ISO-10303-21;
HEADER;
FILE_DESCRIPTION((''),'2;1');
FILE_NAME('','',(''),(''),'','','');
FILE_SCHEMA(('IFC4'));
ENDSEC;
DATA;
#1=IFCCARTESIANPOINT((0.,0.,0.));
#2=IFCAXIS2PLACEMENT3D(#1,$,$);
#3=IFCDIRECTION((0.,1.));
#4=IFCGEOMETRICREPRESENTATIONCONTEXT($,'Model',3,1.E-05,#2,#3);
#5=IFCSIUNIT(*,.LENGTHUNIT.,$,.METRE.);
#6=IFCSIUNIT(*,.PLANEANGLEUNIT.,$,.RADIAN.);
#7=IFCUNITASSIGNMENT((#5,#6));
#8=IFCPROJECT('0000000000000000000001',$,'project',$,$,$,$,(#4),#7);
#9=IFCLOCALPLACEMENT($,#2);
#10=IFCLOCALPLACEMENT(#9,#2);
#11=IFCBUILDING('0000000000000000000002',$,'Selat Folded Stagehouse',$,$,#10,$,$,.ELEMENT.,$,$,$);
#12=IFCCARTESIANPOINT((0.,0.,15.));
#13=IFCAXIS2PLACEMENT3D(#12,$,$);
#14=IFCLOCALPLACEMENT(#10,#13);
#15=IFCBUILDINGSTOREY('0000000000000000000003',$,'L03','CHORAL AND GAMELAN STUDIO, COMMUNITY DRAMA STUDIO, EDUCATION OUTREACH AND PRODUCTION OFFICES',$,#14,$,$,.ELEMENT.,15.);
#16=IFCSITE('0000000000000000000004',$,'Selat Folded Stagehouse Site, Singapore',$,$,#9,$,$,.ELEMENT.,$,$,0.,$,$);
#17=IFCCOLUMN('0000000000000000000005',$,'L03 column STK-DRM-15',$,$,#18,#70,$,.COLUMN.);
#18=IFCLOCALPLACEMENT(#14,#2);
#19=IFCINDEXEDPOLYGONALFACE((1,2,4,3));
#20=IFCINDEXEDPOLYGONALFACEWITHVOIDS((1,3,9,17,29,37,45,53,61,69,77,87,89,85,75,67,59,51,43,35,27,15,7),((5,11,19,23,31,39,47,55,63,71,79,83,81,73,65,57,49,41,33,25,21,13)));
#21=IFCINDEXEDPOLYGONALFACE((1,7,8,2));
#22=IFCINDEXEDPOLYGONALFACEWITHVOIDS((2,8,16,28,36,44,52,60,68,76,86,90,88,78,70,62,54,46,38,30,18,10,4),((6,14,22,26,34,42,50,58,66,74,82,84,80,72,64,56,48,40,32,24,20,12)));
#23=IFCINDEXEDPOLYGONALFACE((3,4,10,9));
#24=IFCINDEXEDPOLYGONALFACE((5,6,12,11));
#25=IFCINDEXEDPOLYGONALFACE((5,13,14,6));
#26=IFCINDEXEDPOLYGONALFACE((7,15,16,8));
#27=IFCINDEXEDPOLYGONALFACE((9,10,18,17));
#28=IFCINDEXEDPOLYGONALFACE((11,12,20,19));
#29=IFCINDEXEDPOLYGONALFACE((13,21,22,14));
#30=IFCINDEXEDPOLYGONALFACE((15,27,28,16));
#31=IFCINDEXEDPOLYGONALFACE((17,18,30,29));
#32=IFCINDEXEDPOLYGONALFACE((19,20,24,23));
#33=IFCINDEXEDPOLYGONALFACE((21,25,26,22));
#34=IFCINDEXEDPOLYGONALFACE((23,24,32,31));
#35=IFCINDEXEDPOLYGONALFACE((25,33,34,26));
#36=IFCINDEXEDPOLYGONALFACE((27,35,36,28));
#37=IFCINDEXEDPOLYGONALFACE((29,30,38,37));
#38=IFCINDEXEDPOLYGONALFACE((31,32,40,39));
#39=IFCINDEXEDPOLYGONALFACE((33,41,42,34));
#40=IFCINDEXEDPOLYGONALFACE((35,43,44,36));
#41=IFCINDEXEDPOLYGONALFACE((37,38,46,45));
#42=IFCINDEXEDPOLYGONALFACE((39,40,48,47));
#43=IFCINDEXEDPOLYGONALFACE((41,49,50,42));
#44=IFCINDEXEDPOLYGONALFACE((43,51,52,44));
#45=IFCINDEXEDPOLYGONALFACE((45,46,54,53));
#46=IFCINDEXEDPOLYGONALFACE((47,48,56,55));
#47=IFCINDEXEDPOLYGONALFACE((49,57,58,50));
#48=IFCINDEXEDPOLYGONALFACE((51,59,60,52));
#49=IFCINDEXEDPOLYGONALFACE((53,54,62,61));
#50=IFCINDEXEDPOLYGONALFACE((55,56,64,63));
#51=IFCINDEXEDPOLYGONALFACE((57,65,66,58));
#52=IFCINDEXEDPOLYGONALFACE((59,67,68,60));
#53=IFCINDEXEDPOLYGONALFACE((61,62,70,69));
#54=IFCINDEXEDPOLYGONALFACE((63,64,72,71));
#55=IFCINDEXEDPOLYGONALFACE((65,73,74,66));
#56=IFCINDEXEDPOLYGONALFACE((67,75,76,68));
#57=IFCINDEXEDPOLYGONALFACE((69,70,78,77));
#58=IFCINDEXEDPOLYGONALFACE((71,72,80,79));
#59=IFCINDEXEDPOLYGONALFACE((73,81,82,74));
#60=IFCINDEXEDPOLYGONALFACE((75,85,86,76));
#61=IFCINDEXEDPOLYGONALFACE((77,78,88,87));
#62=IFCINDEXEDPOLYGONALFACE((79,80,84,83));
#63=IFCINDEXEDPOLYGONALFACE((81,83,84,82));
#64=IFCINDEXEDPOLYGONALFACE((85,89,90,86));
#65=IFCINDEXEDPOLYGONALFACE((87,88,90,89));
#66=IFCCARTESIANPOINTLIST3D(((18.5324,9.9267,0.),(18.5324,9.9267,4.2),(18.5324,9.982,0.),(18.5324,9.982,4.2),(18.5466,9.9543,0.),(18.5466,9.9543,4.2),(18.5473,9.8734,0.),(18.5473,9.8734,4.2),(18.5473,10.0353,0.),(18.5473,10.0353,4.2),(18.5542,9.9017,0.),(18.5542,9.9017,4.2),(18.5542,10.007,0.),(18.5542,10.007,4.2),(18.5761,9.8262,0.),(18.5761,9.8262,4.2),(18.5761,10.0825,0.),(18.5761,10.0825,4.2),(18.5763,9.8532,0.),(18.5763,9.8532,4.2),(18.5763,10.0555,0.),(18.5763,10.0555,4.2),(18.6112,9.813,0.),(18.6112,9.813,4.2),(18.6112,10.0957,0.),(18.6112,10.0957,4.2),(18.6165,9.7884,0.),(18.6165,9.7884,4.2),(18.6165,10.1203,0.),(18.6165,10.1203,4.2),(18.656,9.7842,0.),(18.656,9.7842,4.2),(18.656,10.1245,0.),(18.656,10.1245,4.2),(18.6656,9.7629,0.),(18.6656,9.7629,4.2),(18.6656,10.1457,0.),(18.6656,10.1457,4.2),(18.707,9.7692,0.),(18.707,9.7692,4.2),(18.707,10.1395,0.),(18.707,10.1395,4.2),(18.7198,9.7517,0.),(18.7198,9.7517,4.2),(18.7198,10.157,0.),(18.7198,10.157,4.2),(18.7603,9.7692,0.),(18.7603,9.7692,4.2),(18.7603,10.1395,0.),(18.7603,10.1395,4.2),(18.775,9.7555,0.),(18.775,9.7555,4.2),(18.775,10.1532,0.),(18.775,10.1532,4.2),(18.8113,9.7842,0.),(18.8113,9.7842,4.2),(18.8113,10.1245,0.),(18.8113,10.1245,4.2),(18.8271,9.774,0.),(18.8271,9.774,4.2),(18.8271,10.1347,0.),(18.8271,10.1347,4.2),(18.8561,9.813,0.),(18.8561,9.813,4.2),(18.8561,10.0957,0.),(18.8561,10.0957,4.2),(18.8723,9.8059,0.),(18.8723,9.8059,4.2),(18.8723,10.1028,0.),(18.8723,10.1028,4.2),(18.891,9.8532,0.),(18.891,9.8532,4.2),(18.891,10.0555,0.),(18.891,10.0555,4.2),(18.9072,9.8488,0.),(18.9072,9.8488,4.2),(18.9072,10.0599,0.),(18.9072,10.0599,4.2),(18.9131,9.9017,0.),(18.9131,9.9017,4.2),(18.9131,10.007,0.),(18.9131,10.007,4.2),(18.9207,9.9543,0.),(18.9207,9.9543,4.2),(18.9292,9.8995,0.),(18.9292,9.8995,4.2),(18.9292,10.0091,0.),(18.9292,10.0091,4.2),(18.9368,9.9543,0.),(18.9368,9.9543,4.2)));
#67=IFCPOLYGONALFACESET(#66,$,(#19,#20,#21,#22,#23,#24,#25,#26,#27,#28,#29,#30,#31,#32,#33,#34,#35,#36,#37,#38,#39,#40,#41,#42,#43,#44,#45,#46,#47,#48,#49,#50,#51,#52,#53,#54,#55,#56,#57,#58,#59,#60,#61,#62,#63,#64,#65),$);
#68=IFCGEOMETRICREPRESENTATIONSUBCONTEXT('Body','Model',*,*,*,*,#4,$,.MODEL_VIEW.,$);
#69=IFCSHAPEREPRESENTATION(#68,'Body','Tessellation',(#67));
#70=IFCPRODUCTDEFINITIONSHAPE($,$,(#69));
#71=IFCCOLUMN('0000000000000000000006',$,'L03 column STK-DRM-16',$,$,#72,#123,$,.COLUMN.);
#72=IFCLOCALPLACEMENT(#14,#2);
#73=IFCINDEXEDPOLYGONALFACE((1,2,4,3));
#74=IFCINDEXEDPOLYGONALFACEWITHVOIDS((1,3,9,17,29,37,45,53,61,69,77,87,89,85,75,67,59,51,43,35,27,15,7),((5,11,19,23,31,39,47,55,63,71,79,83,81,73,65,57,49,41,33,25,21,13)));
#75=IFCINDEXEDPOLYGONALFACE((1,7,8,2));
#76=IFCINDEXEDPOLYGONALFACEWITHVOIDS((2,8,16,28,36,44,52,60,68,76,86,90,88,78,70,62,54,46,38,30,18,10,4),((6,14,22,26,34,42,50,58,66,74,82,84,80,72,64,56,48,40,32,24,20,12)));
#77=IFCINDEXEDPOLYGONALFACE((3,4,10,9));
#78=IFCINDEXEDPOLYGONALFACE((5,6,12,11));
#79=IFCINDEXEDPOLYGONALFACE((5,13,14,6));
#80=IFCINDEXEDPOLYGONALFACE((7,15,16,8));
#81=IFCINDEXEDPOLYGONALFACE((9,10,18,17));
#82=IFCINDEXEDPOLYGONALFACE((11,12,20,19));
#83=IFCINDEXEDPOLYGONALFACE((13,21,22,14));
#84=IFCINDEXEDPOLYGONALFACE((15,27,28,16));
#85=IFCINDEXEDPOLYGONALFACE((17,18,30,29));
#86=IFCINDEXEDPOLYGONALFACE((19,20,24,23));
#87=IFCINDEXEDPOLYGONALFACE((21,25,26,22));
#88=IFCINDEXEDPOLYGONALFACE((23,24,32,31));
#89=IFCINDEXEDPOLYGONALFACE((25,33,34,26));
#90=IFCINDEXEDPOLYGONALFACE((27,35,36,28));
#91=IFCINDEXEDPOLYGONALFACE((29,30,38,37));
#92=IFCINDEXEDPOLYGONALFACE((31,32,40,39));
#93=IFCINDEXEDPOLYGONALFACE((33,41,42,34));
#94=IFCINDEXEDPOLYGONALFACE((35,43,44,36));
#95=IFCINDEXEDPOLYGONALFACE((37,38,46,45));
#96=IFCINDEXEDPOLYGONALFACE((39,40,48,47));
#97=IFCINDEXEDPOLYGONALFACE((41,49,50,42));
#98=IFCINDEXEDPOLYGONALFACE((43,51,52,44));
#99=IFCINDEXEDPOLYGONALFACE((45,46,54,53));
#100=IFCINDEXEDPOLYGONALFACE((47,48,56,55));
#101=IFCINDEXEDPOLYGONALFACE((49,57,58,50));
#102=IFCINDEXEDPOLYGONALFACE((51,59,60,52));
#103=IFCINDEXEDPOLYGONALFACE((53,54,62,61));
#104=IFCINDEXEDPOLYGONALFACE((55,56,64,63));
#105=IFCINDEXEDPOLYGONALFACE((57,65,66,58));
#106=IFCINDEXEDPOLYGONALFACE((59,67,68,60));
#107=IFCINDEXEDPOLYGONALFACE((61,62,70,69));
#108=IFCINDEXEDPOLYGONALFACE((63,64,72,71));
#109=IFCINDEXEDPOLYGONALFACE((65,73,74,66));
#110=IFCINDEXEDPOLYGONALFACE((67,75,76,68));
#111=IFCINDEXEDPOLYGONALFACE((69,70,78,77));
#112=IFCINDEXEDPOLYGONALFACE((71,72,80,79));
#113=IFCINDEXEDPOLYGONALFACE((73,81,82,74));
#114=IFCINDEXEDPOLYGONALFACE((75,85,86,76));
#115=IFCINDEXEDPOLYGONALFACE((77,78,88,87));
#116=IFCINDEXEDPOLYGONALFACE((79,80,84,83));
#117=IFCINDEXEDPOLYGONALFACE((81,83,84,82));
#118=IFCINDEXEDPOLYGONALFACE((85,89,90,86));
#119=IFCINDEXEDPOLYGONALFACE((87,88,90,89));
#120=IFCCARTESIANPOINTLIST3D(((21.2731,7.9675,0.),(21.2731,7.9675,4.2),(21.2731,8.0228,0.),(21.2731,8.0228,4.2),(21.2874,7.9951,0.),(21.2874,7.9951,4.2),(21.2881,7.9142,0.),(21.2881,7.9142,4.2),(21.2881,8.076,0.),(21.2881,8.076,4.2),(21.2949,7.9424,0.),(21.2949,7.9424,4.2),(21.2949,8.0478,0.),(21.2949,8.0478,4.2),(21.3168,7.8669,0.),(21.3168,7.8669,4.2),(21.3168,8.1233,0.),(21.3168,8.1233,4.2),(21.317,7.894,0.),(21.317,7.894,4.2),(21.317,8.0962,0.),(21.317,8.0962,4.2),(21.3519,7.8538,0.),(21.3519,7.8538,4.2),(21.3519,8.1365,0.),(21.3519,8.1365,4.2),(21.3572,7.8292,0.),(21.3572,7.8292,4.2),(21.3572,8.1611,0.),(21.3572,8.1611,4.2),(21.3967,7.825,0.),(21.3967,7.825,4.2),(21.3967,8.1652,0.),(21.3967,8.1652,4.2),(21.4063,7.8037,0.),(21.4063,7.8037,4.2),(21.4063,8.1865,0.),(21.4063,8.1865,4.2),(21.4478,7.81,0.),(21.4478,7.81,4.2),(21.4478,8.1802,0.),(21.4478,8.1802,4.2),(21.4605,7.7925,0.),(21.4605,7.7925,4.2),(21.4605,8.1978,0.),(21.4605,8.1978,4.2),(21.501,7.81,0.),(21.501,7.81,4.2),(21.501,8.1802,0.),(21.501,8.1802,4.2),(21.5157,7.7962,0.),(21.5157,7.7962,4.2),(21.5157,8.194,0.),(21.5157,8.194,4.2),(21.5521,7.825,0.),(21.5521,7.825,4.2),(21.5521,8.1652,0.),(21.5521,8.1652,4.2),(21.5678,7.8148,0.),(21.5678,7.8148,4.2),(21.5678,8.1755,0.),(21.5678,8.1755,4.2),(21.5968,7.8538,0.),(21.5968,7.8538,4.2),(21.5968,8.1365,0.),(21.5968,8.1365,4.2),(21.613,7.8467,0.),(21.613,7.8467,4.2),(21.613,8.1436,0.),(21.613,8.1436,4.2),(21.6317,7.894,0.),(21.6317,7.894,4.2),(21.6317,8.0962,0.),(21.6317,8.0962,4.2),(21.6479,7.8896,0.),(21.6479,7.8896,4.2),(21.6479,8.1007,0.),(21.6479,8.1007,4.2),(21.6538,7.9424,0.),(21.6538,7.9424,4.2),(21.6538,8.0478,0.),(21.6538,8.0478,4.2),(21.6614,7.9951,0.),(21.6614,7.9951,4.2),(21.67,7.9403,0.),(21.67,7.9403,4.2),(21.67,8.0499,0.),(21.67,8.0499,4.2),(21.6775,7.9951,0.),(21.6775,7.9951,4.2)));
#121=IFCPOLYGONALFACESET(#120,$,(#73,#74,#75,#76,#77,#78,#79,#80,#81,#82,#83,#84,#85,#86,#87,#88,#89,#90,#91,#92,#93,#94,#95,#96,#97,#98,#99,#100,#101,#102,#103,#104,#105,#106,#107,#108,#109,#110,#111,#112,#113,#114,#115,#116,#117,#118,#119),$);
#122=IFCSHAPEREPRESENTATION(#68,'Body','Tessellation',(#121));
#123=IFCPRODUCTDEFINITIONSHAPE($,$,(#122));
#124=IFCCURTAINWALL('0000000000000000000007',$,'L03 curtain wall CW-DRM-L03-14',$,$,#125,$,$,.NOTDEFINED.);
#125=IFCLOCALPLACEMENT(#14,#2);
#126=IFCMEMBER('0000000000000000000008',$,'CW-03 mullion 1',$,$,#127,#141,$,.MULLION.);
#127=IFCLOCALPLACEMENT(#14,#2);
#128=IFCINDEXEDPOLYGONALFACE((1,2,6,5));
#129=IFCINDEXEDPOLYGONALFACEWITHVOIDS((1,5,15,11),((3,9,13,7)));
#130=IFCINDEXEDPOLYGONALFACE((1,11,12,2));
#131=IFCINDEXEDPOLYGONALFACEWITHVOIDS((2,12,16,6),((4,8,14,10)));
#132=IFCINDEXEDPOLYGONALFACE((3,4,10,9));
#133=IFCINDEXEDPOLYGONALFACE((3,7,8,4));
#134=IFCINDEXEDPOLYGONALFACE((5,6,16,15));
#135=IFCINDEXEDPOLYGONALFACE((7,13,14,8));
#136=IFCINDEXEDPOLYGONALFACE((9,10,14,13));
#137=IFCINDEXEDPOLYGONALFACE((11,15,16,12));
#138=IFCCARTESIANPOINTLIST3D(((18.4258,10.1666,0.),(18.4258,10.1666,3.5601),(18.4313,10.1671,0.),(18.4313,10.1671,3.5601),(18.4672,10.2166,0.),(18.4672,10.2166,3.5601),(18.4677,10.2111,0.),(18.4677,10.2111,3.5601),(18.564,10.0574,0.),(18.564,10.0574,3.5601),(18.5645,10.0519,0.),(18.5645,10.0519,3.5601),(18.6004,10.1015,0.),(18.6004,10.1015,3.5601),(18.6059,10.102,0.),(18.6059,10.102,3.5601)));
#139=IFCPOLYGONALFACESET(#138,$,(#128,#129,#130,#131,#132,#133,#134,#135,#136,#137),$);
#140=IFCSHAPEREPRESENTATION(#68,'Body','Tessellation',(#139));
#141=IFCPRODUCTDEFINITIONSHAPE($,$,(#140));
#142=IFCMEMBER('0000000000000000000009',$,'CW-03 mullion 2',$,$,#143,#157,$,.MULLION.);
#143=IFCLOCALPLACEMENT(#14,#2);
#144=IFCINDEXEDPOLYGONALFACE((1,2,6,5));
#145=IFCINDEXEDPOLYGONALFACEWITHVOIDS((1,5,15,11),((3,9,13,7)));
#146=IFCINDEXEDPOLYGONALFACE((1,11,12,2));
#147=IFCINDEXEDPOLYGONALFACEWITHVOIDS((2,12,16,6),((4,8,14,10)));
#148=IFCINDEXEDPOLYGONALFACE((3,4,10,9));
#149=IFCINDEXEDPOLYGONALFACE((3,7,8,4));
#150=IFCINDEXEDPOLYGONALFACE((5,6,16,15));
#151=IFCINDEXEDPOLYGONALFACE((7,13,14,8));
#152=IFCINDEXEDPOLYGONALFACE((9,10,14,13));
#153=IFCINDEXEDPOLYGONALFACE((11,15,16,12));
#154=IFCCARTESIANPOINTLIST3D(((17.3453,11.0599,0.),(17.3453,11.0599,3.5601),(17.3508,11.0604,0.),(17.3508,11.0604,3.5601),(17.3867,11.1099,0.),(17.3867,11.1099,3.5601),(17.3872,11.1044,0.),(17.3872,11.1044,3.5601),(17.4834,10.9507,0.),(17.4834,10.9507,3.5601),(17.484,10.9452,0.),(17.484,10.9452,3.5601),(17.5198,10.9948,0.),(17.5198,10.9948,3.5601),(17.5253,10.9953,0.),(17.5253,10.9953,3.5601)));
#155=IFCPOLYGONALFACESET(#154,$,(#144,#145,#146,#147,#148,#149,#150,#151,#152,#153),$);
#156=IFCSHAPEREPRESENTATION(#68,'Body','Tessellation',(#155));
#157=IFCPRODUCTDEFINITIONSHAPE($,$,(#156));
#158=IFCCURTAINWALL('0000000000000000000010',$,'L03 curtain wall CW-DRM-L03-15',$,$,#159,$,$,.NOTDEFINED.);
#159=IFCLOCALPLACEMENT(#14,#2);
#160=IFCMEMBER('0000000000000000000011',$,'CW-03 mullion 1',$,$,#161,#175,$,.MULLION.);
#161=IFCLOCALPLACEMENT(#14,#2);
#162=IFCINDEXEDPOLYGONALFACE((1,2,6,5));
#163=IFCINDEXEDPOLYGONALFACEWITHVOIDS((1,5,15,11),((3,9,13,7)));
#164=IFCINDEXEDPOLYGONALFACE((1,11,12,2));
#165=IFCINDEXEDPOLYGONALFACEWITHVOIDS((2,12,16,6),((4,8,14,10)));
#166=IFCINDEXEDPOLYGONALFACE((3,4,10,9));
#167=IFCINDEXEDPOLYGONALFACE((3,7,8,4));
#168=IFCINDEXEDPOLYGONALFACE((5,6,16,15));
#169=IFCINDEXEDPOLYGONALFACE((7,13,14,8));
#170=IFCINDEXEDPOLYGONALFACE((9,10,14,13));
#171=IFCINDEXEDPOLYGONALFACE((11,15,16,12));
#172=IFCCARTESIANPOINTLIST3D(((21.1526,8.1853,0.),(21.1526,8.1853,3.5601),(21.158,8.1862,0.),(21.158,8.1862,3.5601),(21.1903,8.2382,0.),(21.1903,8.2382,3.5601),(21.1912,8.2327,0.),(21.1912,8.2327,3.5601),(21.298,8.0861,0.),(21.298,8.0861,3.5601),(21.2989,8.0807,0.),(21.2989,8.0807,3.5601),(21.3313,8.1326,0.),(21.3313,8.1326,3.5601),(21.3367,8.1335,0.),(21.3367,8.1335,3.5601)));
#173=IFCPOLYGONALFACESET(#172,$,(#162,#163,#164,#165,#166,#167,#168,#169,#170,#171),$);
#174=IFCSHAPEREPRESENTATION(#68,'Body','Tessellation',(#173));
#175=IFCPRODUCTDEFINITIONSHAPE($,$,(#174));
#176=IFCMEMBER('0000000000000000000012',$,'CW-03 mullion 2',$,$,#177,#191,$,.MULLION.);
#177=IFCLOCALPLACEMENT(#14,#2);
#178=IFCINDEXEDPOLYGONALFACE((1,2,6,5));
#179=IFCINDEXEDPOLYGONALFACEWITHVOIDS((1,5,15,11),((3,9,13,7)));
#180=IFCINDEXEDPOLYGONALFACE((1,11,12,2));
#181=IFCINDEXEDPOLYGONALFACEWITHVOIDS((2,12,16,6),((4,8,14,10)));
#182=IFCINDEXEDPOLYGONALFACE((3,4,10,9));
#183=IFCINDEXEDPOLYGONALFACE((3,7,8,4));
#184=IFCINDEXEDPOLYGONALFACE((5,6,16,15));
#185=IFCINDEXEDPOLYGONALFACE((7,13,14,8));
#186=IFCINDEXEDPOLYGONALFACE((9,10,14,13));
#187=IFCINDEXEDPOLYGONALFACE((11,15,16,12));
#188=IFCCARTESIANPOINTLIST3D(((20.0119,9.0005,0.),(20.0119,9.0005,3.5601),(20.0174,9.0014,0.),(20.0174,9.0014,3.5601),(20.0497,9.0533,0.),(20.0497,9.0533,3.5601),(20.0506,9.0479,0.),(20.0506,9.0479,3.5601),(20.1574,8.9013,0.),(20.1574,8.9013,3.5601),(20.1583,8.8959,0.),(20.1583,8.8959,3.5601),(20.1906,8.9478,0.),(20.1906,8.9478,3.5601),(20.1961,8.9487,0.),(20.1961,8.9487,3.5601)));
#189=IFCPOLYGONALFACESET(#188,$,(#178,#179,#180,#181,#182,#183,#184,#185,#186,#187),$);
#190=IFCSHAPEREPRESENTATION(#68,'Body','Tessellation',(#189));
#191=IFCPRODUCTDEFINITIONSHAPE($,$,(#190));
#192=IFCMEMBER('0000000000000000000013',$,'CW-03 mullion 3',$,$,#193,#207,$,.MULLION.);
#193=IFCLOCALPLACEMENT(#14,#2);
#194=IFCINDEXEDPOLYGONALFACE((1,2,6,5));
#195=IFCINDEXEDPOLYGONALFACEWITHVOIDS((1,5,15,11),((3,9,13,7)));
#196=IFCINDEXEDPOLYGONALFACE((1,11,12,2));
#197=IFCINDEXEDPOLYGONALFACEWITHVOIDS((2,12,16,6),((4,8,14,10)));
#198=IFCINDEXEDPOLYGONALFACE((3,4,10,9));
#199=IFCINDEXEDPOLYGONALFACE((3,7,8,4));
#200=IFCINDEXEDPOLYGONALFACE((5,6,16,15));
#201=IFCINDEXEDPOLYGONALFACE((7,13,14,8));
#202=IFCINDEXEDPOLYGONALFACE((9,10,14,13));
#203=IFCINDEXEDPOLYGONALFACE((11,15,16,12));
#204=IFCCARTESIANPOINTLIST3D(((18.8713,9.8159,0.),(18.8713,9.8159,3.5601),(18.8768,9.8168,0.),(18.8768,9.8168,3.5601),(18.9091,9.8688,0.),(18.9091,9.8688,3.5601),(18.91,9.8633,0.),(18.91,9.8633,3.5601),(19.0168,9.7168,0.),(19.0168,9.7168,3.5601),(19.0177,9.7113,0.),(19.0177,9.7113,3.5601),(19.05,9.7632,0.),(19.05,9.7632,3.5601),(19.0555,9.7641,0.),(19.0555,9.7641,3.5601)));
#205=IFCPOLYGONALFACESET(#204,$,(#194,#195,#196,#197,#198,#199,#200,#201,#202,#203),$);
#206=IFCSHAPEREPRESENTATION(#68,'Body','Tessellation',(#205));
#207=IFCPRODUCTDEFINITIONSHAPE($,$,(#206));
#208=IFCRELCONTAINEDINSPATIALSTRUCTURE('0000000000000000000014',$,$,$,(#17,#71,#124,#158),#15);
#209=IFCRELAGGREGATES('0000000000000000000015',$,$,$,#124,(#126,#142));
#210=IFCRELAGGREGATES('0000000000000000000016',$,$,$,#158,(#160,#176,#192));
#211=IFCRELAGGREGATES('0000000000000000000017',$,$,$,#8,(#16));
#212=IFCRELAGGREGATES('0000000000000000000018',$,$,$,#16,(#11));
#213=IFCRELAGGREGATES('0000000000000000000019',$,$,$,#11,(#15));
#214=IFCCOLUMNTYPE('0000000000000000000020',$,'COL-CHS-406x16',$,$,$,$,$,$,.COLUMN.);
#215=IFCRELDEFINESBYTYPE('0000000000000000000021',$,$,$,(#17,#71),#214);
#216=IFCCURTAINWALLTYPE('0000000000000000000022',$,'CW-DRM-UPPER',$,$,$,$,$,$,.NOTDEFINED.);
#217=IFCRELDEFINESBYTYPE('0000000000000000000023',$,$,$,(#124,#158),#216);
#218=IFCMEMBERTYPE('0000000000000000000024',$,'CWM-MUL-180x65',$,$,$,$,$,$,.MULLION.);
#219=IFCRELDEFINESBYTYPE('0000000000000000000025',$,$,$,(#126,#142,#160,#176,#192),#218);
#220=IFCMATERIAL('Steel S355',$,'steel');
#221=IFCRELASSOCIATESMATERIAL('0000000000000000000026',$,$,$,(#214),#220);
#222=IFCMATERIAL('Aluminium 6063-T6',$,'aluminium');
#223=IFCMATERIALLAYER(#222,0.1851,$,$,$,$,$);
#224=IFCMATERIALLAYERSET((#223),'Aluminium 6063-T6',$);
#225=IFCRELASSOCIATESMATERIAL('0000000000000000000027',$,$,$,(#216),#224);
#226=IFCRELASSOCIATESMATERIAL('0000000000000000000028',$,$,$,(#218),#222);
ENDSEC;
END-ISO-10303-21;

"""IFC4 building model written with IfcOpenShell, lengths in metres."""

from ifc_helpers import new_model, si_unit, direction, frame, origin, origin_2d, place, context, subcontext, project, spatial, hollow_rectangle, hollow_circle, extrude, material, layer, layer_set, material_profile, profile_set, type_object, element, aggregate, save


model = new_model("IFC4")

# Units and contexts
model_context = context("Model", 3, precision=1e-05, world=origin(), true_north=direction((0.0, 1.0)))
body_context = subcontext(model_context, "Body", "Model", "MODEL_VIEW")
ifc_project = project(units=[si_unit("LENGTHUNIT", "METRE"), si_unit("PLANEANGLEUNIT", "RADIAN")], contexts=[model_context])

# Site, building, storey
site_placement = place(None, origin())
site = spatial("IfcSite", under=ifc_project, at=site_placement, Name="Selat Folded Stagehouse Site, Singapore", CompositionType="ELEMENT", RefElevation=0.0)
building_placement = place(site_placement, origin())
building = spatial("IfcBuilding", under=site, at=building_placement, Name="Selat Folded Stagehouse", CompositionType="ELEMENT")
storey_placement = place(building_placement, frame((0.0, 0.0, 15.0)))
storey = spatial("IfcBuildingStorey", under=building, at=storey_placement, Name="L03", Description="CHORAL AND GAMELAN STUDIO, COMMUNITY DRAMA STUDIO, EDUCATION OUTREACH AND PRODUCTION OFFICES", CompositionType="ELEMENT", Elevation=15.0)

# Columns
ifc_material_1 = material(Name="Steel S355", Category="steel")
ifc_material_profile_1 = material_profile(ifc_material_1, hollow_circle(Radius=0.2031, WallThickness=0.0161, at=origin_2d()), Name="CHS 406.4x16.0")
ifc_profile_set_1 = profile_set([ifc_material_profile_1], Name="Steel S355")
column_type = type_object("IfcColumnType", Name="COL-CHS-406x16", PredefinedType="COLUMN", material=ifc_profile_set_1)
for number, where, z_axis, x_axis, name in (
    (1, (18.7336, 9.9543, 0.0), (0.0, 0.0, 1.0), (1.0, 0.0, 0.0), "L03 column STK-DRM-15"),
    (2, (21.4744, 7.9951, 0.0), (0.0, 0.0, 1.0), (1.0, 0.0, 0.0), "L03 column STK-DRM-16"),
):
    element("IfcColumn", number, at=place(storey_placement, frame(where, z_axis=z_axis, x_axis=x_axis)), inside=storey, type_object=column_type, Name=name, PredefinedType="COLUMN", context=body_context, shape_type="SweptSolid", body=[
        extrude(hollow_circle(Radius=0.2031, WallThickness=0.0161, at=origin_2d()), origin(), (0.0, 0.0, 1.0), 4.2),
    ])

# Curtain walls, members
ifc_material_2 = material(Name="Aluminium 6063-T6", Category="aluminium")
ifc_layer_1 = layer(ifc_material_2, 0.1851)
ifc_layer_set_1 = layer_set([ifc_layer_1], Name="Aluminium 6063-T6")
curtain_wall_type = type_object("IfcCurtainWallType", Name="CW-DRM-UPPER", PredefinedType="NOTDEFINED", material=ifc_layer_set_1)
curtain_wall_1_placement = place(storey_placement, origin())
curtain_wall_1 = element("IfcCurtainWall", 3, at=curtain_wall_1_placement, inside=storey, type_object=curtain_wall_type, Name="L03 curtain wall CW-DRM-L03-14", PredefinedType="NOTDEFINED")
ifc_material_profile_2 = material_profile(ifc_material_2, hollow_rectangle(XDim=0.0649, YDim=0.1799, WallThickness=0.0039, at=origin_2d()), Name="ALU 180x65x4.0")
ifc_profile_set_2 = profile_set([ifc_material_profile_2], Name="Aluminium 6063-T6")
member_type_1 = type_object("IfcMemberType", Name="CWM-MUL-180x65", PredefinedType="MULLION", material=ifc_profile_set_2)
member_1_placement = place(storey_placement, frame((18.5159, 10.1343, 0.0), z_axis=(0.0, 0.0, 1.0), x_axis=(-0.637142, -0.770747, 0.0)))
member_1 = element("IfcMember", 4, at=member_1_placement, type_object=member_type_1, Name="CW-03 mullion 1", PredefinedType="MULLION", context=body_context, shape_type="SweptSolid", body=[
    extrude(hollow_rectangle(XDim=0.0649, YDim=0.1799, WallThickness=0.0039, at=origin_2d()), origin(), (0.0, 0.0, 1.0), 3.5601),
])
member_2_placement = place(storey_placement, frame((17.4353, 11.0276, 0.0), z_axis=(0.0, 0.0, 1.0), x_axis=(-0.637142, -0.770747, 0.0)))
member_2 = element("IfcMember", 5, at=member_2_placement, type_object=member_type_1, Name="CW-03 mullion 2", PredefinedType="MULLION", context=body_context, shape_type="SweptSolid", body=[
    extrude(hollow_rectangle(XDim=0.0649, YDim=0.1799, WallThickness=0.0039, at=origin_2d()), origin(), (0.0, 0.0, 1.0), 3.5601),
])
curtain_wall_2_placement = place(storey_placement, origin())
curtain_wall_2 = element("IfcCurtainWall", 6, at=curtain_wall_2_placement, inside=storey, type_object=curtain_wall_type, Name="L03 curtain wall CW-DRM-L03-15", PredefinedType="NOTDEFINED")
member_3_placement = place(storey_placement, frame((21.2446, 8.1594, 0.0), z_axis=(0.0, 0.0, 1.0), x_axis=(-0.581528, -0.813526, 0.0)))
member_3 = element("IfcMember", 7, at=member_3_placement, type_object=member_type_1, Name="CW-03 mullion 1", PredefinedType="MULLION", context=body_context, shape_type="SweptSolid", body=[
    extrude(hollow_rectangle(XDim=0.0649, YDim=0.1799, WallThickness=0.0039, at=origin_2d()), origin(), (0.0, 0.0, 1.0), 3.5601),
])
member_4_placement = place(storey_placement, frame((20.104, 8.9746, 0.0), z_axis=(0.0, 0.0, 1.0), x_axis=(-0.581528, -0.813526, 0.0)))
member_4 = element("IfcMember", 8, at=member_4_placement, type_object=member_type_1, Name="CW-03 mullion 2", PredefinedType="MULLION", context=body_context, shape_type="SweptSolid", body=[
    extrude(hollow_rectangle(XDim=0.0649, YDim=0.1799, WallThickness=0.0039, at=origin_2d()), origin(), (0.0, 0.0, 1.0), 3.5601),
])
member_5_placement = place(storey_placement, frame((18.9634, 9.79, 0.0), z_axis=(0.0, 0.0, 1.0), x_axis=(-0.581528, -0.813526, 0.0)))
member_5 = element("IfcMember", 9, at=member_5_placement, type_object=member_type_1, Name="CW-03 mullion 3", PredefinedType="MULLION", context=body_context, shape_type="SweptSolid", body=[
    extrude(hollow_rectangle(XDim=0.0649, YDim=0.1799, WallThickness=0.0039, at=origin_2d()), origin(), (0.0, 0.0, 1.0), 3.5601),
])

aggregate(curtain_wall_1, [member_1, member_2])
aggregate(curtain_wall_2, [member_3, member_4, member_5])

save(model, "model.ifc")
